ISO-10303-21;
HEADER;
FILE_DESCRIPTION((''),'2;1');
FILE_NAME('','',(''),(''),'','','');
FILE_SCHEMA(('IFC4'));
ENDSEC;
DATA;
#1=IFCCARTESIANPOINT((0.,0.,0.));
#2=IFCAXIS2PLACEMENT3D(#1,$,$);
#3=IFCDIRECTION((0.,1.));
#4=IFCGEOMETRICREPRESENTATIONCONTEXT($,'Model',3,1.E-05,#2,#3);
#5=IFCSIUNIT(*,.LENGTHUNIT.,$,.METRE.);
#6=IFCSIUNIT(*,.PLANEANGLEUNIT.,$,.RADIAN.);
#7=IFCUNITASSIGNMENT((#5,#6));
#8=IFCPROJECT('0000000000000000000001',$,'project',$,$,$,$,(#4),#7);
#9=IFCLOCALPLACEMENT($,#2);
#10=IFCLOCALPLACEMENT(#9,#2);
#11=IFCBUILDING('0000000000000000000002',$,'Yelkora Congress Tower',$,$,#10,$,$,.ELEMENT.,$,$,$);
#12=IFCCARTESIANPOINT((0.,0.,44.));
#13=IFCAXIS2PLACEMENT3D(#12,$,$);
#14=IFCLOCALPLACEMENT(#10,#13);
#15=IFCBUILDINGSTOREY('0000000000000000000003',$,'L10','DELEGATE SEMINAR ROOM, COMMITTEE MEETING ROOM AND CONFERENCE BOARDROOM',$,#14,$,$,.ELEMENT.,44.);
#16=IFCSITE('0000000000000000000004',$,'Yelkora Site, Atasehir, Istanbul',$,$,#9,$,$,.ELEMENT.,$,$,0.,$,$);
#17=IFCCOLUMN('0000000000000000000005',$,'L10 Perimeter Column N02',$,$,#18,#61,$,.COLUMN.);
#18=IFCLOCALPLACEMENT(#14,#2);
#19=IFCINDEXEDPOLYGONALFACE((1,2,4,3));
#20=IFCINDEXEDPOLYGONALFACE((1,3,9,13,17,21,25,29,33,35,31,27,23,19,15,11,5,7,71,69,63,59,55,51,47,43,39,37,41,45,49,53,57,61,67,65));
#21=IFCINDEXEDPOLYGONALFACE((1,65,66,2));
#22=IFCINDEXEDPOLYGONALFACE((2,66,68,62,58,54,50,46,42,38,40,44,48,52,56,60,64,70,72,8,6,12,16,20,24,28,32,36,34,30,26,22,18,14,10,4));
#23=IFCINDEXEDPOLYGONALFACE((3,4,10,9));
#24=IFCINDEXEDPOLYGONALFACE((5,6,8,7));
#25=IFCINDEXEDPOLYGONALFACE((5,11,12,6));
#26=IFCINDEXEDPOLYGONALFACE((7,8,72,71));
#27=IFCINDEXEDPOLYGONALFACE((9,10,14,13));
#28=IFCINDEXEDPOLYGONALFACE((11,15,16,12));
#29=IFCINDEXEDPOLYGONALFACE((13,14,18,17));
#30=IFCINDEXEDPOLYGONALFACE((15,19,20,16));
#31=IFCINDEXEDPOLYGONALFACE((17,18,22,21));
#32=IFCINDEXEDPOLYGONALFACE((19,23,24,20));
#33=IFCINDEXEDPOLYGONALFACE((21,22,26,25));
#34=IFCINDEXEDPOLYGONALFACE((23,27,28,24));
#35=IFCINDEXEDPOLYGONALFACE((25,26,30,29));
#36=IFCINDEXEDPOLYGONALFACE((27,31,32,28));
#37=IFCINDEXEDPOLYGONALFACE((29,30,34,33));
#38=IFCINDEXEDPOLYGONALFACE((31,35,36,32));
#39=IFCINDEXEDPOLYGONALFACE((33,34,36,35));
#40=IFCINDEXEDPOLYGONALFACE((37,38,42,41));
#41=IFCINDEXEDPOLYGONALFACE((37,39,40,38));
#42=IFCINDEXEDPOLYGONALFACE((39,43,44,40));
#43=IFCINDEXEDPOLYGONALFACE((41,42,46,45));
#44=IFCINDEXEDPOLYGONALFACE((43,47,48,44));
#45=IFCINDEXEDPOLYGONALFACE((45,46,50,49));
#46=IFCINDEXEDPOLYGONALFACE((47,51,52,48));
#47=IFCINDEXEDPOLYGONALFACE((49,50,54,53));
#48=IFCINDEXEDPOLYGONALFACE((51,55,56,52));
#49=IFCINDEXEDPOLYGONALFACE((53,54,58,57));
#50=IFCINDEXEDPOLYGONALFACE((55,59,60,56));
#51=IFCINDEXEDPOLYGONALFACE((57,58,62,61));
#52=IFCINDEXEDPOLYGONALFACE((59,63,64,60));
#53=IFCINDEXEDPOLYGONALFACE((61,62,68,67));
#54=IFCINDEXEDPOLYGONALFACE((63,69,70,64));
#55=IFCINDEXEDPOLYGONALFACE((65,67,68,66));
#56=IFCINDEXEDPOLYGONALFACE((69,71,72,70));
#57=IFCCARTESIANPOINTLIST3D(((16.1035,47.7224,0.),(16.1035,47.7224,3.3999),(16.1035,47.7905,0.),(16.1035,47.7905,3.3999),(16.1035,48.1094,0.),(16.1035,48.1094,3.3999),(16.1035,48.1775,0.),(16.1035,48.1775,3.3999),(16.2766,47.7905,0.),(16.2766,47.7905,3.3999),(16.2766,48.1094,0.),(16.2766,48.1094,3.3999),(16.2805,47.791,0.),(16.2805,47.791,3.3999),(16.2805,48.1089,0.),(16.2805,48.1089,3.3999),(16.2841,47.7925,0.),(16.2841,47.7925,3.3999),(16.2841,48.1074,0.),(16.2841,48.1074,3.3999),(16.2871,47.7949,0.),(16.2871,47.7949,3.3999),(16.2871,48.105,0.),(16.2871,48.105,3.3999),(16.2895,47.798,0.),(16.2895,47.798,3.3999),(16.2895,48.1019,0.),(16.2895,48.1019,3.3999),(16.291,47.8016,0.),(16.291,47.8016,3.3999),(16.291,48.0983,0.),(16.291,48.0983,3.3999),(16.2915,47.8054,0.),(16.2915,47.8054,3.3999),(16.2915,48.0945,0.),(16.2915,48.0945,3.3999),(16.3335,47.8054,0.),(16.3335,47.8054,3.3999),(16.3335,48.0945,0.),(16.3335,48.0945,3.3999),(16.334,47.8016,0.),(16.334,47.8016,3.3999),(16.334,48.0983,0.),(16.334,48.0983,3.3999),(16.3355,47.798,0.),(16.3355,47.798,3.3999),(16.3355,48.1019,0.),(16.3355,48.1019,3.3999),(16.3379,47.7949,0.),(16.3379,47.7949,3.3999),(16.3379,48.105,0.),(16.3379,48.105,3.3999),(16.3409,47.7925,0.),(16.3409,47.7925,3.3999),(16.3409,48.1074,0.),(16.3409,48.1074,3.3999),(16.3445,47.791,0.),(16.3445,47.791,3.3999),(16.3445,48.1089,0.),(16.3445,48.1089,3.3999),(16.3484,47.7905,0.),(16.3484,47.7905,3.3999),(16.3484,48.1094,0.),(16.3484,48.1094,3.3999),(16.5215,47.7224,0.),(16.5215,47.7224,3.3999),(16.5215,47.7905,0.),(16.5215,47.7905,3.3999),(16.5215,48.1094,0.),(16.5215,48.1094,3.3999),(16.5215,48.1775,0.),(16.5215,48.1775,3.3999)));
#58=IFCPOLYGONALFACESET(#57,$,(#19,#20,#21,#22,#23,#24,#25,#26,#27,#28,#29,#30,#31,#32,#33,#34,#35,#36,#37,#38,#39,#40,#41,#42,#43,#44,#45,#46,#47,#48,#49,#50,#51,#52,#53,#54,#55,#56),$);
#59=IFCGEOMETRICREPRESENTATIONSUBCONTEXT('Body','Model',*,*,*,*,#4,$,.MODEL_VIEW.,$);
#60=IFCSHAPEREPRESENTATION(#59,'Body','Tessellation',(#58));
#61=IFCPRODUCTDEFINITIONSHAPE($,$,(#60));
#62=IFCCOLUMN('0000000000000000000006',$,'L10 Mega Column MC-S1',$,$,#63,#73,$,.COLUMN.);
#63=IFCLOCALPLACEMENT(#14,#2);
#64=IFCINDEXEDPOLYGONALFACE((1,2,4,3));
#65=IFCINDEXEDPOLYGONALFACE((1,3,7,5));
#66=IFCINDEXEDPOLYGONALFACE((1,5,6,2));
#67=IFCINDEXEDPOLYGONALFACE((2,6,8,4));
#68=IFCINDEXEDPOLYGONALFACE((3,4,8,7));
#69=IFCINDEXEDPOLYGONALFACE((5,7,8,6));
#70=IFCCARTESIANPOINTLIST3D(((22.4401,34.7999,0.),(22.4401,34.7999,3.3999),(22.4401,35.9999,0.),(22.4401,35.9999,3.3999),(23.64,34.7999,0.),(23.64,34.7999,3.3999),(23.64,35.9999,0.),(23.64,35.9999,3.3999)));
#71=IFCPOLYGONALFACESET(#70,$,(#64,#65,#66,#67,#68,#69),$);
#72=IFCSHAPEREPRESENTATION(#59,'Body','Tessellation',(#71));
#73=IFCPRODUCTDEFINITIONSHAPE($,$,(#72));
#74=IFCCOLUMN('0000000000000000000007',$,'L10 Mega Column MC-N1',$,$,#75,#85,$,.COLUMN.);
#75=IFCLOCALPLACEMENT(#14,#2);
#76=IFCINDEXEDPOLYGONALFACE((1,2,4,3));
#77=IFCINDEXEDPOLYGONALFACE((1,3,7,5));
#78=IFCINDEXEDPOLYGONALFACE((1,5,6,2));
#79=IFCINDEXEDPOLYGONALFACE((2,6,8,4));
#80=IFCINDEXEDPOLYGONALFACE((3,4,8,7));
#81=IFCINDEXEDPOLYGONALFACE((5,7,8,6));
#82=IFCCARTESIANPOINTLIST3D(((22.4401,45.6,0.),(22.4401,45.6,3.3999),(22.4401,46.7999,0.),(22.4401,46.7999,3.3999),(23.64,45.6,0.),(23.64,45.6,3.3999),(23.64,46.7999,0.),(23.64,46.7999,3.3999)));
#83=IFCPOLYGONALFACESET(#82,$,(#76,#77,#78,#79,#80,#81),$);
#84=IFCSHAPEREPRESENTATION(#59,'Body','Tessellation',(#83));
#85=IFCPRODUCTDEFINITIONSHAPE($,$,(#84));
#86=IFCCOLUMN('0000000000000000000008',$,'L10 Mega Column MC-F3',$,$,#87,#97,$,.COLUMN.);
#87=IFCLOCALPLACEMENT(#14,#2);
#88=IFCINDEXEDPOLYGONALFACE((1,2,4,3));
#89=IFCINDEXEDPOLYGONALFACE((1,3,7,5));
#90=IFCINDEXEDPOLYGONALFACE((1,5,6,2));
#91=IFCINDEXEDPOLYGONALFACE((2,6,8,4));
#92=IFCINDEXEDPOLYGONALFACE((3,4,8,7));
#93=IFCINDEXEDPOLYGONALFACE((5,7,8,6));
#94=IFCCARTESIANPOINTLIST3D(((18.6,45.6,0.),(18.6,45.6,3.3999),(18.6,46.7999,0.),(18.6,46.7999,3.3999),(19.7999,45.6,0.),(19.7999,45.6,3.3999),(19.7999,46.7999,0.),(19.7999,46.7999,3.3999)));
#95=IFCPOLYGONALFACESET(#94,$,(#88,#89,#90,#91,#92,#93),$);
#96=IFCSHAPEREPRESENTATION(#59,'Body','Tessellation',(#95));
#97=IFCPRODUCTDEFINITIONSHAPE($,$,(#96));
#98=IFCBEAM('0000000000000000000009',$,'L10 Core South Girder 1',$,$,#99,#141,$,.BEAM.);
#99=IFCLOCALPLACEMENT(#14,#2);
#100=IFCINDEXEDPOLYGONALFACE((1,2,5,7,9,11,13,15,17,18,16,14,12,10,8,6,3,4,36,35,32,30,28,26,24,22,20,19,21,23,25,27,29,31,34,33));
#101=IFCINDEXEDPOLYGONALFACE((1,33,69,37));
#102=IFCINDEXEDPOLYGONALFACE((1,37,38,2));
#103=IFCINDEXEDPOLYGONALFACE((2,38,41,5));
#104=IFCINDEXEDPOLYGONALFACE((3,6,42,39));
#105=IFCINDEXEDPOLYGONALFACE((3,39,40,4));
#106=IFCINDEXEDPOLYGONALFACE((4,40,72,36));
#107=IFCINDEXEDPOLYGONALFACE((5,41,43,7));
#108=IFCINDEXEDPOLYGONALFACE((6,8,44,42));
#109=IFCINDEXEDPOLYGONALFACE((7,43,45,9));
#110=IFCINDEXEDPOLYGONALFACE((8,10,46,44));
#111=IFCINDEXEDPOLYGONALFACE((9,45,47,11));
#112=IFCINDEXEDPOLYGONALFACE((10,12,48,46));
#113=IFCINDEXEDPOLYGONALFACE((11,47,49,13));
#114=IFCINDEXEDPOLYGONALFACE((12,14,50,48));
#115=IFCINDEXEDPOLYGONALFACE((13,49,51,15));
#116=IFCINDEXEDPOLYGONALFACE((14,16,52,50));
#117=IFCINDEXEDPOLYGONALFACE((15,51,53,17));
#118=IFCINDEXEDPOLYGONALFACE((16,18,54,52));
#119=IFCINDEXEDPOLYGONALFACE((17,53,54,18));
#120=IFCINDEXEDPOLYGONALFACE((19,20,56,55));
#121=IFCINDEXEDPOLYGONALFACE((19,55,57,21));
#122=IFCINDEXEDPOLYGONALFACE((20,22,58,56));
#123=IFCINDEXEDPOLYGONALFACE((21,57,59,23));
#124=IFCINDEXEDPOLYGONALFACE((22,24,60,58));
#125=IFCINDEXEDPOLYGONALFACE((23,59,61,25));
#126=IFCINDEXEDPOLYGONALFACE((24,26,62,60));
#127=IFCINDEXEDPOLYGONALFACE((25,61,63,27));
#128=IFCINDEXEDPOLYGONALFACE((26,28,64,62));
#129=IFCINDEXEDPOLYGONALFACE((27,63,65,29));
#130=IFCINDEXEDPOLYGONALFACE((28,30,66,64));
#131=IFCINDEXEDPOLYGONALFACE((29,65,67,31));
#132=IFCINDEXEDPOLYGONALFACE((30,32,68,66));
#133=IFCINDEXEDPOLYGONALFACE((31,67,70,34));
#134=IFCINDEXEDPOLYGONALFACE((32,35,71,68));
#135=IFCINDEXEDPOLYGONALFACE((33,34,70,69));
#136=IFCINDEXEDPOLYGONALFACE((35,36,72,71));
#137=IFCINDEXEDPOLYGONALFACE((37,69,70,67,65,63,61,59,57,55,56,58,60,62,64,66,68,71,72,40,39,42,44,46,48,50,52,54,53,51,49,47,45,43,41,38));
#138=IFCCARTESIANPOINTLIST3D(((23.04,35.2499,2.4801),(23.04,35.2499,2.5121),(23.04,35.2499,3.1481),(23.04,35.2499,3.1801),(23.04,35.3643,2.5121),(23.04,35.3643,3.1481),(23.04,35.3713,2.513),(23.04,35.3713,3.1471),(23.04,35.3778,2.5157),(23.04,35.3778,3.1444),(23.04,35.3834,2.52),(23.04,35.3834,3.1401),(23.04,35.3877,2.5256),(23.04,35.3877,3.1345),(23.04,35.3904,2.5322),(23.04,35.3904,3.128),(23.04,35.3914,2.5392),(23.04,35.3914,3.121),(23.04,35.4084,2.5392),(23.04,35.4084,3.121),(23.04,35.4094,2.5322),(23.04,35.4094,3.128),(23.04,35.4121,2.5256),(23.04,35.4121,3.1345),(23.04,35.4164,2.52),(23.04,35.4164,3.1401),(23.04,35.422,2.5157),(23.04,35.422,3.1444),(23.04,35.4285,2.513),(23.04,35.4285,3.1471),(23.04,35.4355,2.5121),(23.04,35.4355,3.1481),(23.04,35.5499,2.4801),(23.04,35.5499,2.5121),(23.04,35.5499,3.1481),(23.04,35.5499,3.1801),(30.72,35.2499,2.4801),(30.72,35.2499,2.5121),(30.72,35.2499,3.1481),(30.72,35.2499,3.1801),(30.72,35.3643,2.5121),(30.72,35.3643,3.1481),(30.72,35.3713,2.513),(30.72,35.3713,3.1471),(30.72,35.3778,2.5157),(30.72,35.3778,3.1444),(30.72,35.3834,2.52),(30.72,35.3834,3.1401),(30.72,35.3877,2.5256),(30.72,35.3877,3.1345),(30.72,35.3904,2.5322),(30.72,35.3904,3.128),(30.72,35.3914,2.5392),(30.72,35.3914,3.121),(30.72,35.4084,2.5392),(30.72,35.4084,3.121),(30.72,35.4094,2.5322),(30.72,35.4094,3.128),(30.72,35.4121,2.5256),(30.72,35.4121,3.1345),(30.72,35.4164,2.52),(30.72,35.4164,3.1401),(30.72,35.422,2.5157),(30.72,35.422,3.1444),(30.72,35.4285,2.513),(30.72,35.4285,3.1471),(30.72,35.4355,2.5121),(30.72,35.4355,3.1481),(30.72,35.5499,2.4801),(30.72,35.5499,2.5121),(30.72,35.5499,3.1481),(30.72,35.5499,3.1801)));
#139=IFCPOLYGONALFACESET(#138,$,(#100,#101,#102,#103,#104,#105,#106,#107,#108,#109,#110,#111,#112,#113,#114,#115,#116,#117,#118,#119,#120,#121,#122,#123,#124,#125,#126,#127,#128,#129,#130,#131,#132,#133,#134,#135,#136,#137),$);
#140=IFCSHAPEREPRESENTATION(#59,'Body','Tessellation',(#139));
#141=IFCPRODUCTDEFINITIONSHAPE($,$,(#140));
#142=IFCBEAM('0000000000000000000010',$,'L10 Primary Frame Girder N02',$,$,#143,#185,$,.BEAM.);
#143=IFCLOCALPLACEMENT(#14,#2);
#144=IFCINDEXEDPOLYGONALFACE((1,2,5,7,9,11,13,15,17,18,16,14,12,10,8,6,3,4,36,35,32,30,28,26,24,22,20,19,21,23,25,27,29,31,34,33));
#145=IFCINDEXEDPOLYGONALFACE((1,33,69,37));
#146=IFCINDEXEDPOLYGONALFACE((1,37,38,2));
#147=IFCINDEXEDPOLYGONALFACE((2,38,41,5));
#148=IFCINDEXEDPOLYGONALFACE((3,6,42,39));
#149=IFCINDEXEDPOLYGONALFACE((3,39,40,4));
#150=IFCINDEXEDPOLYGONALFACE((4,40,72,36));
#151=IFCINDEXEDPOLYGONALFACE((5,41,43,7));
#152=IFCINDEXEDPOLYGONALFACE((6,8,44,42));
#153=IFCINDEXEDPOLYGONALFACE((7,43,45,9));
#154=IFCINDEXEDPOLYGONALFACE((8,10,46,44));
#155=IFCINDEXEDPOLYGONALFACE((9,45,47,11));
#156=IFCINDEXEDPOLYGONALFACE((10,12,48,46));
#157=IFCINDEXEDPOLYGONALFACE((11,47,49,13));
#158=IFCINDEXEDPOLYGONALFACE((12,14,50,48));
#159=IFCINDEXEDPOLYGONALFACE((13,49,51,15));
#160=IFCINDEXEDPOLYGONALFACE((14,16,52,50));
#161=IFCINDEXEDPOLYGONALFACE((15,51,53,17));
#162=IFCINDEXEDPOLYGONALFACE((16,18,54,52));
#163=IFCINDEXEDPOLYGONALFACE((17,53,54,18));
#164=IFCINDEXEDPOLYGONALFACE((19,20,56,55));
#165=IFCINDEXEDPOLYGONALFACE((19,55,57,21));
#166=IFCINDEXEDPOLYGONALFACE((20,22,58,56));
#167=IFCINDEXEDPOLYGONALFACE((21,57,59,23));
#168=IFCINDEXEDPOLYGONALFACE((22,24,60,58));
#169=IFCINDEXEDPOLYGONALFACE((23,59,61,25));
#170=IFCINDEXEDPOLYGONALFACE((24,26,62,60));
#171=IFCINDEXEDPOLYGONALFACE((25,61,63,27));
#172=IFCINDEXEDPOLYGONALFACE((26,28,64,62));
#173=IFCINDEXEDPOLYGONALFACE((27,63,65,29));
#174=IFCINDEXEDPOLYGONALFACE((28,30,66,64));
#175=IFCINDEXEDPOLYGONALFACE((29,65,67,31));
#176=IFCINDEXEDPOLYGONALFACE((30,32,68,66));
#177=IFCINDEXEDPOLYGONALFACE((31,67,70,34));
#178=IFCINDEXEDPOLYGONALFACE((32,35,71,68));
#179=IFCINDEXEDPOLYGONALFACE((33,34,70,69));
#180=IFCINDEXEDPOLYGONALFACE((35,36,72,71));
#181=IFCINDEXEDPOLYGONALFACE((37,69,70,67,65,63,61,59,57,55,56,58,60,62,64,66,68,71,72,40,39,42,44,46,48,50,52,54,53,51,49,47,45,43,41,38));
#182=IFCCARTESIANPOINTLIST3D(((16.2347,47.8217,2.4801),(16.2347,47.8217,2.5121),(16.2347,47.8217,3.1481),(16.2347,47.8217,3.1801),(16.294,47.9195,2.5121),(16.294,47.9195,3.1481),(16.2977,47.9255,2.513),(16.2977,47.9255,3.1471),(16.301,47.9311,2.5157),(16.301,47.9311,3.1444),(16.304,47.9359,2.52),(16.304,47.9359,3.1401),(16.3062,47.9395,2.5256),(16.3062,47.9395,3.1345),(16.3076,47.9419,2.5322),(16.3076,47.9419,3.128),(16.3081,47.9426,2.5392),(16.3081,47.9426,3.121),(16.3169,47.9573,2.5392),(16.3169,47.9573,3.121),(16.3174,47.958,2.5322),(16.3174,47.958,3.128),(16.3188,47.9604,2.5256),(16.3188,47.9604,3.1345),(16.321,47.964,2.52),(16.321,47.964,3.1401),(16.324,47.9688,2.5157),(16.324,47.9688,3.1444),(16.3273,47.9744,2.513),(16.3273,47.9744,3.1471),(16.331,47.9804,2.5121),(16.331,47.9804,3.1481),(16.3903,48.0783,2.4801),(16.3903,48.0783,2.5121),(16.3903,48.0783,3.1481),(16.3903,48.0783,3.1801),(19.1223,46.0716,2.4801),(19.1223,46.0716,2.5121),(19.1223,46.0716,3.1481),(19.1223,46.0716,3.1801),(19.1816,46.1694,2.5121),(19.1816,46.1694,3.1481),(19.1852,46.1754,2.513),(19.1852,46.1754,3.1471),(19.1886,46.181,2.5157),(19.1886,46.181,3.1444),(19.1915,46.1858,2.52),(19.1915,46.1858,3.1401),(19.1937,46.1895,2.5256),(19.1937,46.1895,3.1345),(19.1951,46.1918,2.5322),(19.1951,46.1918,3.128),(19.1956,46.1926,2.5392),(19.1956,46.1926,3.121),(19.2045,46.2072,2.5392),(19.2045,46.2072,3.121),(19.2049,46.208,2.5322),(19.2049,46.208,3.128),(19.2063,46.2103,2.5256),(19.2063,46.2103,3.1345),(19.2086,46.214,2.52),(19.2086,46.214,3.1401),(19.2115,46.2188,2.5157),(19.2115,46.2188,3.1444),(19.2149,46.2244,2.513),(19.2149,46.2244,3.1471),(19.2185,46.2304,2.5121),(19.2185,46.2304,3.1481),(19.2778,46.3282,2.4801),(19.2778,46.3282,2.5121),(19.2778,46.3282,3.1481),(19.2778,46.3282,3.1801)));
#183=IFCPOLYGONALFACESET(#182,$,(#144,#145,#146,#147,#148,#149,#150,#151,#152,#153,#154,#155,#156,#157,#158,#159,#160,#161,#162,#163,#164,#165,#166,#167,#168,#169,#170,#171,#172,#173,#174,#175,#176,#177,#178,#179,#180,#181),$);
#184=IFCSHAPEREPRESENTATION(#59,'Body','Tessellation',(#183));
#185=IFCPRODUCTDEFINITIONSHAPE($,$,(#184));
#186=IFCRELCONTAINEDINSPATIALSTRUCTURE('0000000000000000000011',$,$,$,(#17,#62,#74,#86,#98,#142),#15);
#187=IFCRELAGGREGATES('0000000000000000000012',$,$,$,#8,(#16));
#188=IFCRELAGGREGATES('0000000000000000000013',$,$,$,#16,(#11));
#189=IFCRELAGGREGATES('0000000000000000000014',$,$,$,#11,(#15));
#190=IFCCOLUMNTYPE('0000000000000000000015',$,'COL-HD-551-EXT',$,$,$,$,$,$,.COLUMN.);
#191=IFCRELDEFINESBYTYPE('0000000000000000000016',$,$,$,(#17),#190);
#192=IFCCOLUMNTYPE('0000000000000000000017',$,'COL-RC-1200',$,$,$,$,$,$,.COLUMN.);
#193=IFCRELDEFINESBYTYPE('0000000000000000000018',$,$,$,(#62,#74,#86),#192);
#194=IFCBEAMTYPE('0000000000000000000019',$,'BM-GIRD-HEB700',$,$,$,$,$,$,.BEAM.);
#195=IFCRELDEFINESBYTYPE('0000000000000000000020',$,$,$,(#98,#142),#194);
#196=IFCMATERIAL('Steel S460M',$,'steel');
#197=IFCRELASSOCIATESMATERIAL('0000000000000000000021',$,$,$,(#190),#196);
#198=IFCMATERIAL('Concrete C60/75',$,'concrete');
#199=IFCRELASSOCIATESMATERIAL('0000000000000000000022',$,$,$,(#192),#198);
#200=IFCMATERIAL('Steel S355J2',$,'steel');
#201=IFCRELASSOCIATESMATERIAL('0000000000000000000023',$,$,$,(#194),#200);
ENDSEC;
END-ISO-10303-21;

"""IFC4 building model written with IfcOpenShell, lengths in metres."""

from ifc_helpers import new_model, si_unit, direction, frame, origin, origin_2d, place, context, subcontext, project, spatial, rectangle, i_section, extrude, material, material_profile, profile_set, type_object, element, save


model = new_model("IFC4")

# Units and contexts
model_context = context("Model", 3, precision=1e-05, world=origin(), true_north=direction((0.0, 1.0)))
body_context = subcontext(model_context, "Body", "Model", "MODEL_VIEW")
ifc_project = project(units=[si_unit("LENGTHUNIT", "METRE"), si_unit("PLANEANGLEUNIT", "RADIAN")], contexts=[model_context])

# Site, building, storey
site_placement = place(None, origin())
site = spatial("IfcSite", under=ifc_project, at=site_placement, Name="Yelkora Site, Atasehir, Istanbul", CompositionType="ELEMENT", RefElevation=0.0)
building_placement = place(site_placement, origin())
building = spatial("IfcBuilding", under=site, at=building_placement, Name="Yelkora Congress Tower", CompositionType="ELEMENT")
storey_placement = place(building_placement, frame((0.0, 0.0, 44.0)))
storey = spatial("IfcBuildingStorey", under=building, at=storey_placement, Name="L10", Description="DELEGATE SEMINAR ROOM, COMMITTEE MEETING ROOM AND CONFERENCE BOARDROOM", CompositionType="ELEMENT", Elevation=44.0)

# Columns
ifc_material_1 = material(Name="Steel S460M", Category="steel")
ifc_material_profile_1 = material_profile(ifc_material_1, i_section(OverallWidth=0.418, OverallDepth=0.4551, WebThickness=0.042, FlangeThickness=0.0681, FilletRadius=0.0149, at=origin_2d()), Name="HD 400x551")
ifc_profile_set_1 = profile_set([ifc_material_profile_1], Name="Steel S460M")
column_type_1 = type_object("IfcColumnType", Name="COL-HD-551-EXT", PredefinedType="COLUMN", material=ifc_profile_set_1)
column_placement = place(storey_placement, frame((16.3125, 47.95, 0.0), z_axis=(0.0, 0.0, 1.0), x_axis=(1.0, 0.0, 0.0)))
element("IfcColumn", 1, at=column_placement, inside=storey, type_object=column_type_1, Name="L10 Perimeter Column N02", PredefinedType="COLUMN", context=body_context, shape_type="SweptSolid", body=[
    extrude(i_section(OverallWidth=0.418, OverallDepth=0.4551, WebThickness=0.042, FlangeThickness=0.0681, FilletRadius=0.0149, at=origin_2d()), origin(), (0.0, 0.0, 1.0), 3.3999),
])
ifc_material_2 = material(Name="Concrete C60/75", Category="concrete")
ifc_material_profile_2 = material_profile(ifc_material_2, rectangle(XDim=1.2, YDim=1.2, at=origin_2d()), Name="RC 1200x1200")
ifc_profile_set_2 = profile_set([ifc_material_profile_2], Name="Concrete C60/75")
column_type_2 = type_object("IfcColumnType", Name="COL-RC-1200", PredefinedType="COLUMN", material=ifc_profile_set_2)
for number, where, z_axis, x_axis, name in (
    (2, (23.04, 35.3999, 0.0), (0.0, 0.0, 1.0), (1.0, 0.0, 0.0), "L10 Mega Column MC-S1"),
    (3, (23.04, 46.2, 0.0), (0.0, 0.0, 1.0), (1.0, 0.0, 0.0), "L10 Mega Column MC-N1"),
    (4, (19.2, 46.2, 0.0), (0.0, 0.0, 1.0), (1.0, 0.0, 0.0), "L10 Mega Column MC-F3"),
):
    element("IfcColumn", number, at=place(storey_placement, frame(where, z_axis=z_axis, x_axis=x_axis)), inside=storey, type_object=column_type_2, Name=name, PredefinedType="COLUMN", context=body_context, shape_type="SweptSolid", body=[
        extrude(rectangle(XDim=1.2, YDim=1.2, at=origin_2d()), origin(), (0.0, 0.0, 1.0), 3.3999),
    ])

# Beams
ifc_material_3 = material(Name="Steel S355J2", Category="steel")
ifc_material_profile_3 = material_profile(ifc_material_3, i_section(OverallWidth=0.3, OverallDepth=0.7, WebThickness=0.0171, FlangeThickness=0.032, FilletRadius=0.0271, at=origin_2d()), Name="HEB 700")
ifc_profile_set_3 = profile_set([ifc_material_profile_3], Name="Steel S355J2")
beam_type_1 = type_object("IfcBeamType", Name="BM-GIRD-HEB700", PredefinedType="BEAM", material=ifc_profile_set_3)
beam_1_placement = place(storey_placement, frame((23.04, 35.3999, 2.8301), z_axis=(1.0, 0.0, 0.0), x_axis=(0.0, 1.0, 0.0)))
element("IfcBeam", 5, at=beam_1_placement, inside=storey, type_object=beam_type_1, Name="L10 Core South Girder 1", PredefinedType="BEAM", context=body_context, shape_type="SweptSolid", body=[
    extrude(i_section(OverallWidth=0.3, OverallDepth=0.7, WebThickness=0.0171, FlangeThickness=0.032, FilletRadius=0.0271, at=origin_2d()), origin(), (0.0, 0.0, 1.0), 7.6799),
])
beam_2_placement = place(storey_placement, frame((16.3125, 47.95, 2.8301), z_axis=(0.855194, -0.518308, 0.0), x_axis=(0.518308, 0.855194, 0.0)))
element("IfcBeam", 6, at=beam_2_placement, inside=storey, type_object=beam_type_1, Name="L10 Primary Frame Girder N02", PredefinedType="BEAM", context=body_context, shape_type="SweptSolid", body=[
    extrude(i_section(OverallWidth=0.3, OverallDepth=0.7, WebThickness=0.0171, FlangeThickness=0.032, FilletRadius=0.0271, at=origin_2d()), origin(), (0.0, 0.0, 1.0), 3.3765),
])

save(model, "model.ifc")
